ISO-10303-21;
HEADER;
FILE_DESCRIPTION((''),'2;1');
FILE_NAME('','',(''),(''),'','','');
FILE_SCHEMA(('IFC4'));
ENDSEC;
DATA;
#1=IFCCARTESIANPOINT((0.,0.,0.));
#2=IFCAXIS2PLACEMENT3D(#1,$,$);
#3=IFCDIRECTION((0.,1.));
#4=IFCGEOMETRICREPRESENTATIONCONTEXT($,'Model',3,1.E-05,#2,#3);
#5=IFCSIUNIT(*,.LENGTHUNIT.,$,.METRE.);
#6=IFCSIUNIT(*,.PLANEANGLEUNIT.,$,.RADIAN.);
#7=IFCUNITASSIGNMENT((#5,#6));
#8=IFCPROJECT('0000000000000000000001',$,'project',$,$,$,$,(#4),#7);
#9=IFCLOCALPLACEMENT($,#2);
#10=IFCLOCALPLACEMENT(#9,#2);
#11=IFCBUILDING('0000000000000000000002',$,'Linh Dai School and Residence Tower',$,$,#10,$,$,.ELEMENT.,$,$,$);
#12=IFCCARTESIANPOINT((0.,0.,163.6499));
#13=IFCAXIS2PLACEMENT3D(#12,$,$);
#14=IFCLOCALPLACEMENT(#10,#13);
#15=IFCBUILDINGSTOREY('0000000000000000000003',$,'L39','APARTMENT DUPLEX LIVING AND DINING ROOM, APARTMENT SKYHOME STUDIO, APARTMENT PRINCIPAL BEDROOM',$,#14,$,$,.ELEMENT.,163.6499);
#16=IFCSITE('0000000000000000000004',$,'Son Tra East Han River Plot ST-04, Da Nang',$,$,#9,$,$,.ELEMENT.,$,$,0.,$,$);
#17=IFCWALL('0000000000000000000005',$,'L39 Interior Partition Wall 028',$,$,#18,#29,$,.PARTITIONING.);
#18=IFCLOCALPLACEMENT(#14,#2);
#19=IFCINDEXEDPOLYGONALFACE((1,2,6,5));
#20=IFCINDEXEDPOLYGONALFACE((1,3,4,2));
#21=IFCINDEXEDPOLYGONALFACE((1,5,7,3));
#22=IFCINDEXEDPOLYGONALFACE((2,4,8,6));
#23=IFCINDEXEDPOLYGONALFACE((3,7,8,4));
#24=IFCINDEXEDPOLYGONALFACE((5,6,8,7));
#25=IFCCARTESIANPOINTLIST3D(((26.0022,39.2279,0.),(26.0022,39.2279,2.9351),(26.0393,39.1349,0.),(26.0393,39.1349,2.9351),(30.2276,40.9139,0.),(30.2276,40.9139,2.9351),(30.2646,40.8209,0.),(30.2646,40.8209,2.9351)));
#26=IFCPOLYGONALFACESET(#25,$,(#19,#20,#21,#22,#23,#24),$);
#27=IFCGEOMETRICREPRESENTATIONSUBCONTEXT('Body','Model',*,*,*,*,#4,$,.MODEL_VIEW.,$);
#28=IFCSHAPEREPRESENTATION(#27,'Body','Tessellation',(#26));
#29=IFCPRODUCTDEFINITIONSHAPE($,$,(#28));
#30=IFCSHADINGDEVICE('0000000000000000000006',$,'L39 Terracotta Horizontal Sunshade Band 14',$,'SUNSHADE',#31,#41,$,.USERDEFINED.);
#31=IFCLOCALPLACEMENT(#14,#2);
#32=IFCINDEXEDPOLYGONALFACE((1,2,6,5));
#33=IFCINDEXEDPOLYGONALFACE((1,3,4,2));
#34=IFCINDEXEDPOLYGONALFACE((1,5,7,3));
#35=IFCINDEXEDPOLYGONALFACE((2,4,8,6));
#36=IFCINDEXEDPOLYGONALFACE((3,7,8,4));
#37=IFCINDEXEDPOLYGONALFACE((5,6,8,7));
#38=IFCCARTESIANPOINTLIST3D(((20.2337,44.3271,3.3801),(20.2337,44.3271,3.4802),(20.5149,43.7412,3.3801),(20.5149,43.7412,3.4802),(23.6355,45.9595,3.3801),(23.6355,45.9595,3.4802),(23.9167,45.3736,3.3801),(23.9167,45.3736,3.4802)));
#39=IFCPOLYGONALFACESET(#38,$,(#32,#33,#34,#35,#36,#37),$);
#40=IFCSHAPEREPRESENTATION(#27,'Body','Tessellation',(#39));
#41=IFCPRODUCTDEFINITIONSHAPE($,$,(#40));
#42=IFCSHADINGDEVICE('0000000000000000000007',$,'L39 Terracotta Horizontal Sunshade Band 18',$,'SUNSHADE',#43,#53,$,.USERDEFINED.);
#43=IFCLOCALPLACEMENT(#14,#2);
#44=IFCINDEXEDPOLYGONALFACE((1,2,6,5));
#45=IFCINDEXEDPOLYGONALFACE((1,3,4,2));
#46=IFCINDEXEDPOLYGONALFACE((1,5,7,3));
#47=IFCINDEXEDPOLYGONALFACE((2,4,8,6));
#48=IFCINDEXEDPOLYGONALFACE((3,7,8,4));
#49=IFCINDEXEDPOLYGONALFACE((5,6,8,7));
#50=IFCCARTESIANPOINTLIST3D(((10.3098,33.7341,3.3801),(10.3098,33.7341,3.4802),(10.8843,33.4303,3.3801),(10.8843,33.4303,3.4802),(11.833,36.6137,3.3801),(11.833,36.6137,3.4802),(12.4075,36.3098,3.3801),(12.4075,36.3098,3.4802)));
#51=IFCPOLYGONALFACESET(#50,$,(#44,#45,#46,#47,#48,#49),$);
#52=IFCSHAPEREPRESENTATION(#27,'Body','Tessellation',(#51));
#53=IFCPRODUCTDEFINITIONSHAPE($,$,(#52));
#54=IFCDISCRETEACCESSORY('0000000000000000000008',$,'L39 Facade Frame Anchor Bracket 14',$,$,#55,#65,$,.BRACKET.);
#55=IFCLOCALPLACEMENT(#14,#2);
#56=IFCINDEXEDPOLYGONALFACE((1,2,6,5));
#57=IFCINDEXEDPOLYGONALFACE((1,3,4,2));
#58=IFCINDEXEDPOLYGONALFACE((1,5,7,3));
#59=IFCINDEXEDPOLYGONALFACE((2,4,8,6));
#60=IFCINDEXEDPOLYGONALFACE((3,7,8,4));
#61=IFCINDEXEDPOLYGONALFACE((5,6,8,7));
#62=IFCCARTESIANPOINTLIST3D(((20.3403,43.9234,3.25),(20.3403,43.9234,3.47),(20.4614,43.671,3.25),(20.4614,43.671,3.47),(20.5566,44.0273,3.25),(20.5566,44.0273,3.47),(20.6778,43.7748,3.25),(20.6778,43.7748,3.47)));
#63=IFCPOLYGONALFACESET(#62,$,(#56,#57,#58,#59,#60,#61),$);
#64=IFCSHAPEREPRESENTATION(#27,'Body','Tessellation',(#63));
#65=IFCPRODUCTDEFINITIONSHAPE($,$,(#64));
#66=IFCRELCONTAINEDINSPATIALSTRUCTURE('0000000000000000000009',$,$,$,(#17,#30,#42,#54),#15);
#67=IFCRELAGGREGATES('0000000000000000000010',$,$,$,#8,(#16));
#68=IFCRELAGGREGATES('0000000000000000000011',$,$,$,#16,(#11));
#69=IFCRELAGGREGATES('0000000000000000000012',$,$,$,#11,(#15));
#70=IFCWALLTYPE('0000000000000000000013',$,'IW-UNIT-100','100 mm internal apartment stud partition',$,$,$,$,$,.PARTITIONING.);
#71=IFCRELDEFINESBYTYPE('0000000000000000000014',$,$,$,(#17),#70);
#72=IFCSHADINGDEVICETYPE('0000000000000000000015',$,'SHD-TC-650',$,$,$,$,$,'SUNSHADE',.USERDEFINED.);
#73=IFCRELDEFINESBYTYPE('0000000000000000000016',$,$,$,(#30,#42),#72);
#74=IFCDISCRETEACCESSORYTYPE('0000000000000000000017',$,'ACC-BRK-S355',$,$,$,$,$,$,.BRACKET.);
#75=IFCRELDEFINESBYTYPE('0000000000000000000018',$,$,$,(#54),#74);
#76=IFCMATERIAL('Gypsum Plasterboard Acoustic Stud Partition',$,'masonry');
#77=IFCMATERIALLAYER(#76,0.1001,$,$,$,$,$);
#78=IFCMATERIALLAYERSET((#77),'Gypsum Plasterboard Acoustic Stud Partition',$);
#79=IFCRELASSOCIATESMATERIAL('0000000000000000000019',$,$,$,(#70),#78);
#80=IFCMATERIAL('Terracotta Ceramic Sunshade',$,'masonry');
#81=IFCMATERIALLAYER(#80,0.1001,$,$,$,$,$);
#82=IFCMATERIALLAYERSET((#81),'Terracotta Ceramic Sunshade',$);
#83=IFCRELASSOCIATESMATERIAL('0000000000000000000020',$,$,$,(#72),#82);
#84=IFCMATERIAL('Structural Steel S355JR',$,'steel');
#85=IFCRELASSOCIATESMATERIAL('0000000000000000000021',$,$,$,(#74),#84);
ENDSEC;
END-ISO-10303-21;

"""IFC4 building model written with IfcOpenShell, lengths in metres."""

from ifc_helpers import new_model, si_unit, direction, frame, frame_2d, origin, origin_2d, place, context, subcontext, project, spatial, rectangle, extrude, source, transform, mapped, material, layer, layer_set, type_object, element, save


model = new_model("IFC4")

# Units and contexts
model_context = context("Model", 3, precision=1e-05, world=origin(), true_north=direction((0.0, 1.0)))
body_context = subcontext(model_context, "Body", "Model", "MODEL_VIEW")
ifc_project = project(units=[si_unit("LENGTHUNIT", "METRE"), si_unit("PLANEANGLEUNIT", "RADIAN")], contexts=[model_context])

# Site, building, storey
site_placement = place(None, origin())
site = spatial("IfcSite", under=ifc_project, at=site_placement, Name="Son Tra East Han River Plot ST-04, Da Nang", CompositionType="ELEMENT", RefElevation=0.0)
building_placement = place(site_placement, origin())
building = spatial("IfcBuilding", under=site, at=building_placement, Name="Linh Dai School and Residence Tower", CompositionType="ELEMENT")
storey_placement = place(building_placement, frame((0.0, 0.0, 163.6499)))
storey = spatial("IfcBuildingStorey", under=building, at=storey_placement, Name="L39", Description="APARTMENT DUPLEX LIVING AND DINING ROOM, APARTMENT SKYHOME STUDIO, APARTMENT PRINCIPAL BEDROOM", CompositionType="ELEMENT", Elevation=163.6499)

# Shared definitions
ifc_material_1 = material(Name="Structural Steel S355JR", Category="steel")

# Shared definitions
ifc_material_2 = material(Name="Gypsum Plasterboard Acoustic Stud Partition", Category="masonry")
ifc_layer_1 = layer(ifc_material_2, 0.1001)
ifc_layer_set_1 = layer_set([ifc_layer_1], Name="Gypsum Plasterboard Acoustic Stud Partition")
wall_type_1 = type_object("IfcWallType", Name="IW-UNIT-100", Description="100 mm internal apartment stud partition", PredefinedType="PARTITIONING", material=ifc_layer_set_1)

# Wall
wall_1_placement = place(storey_placement, frame((26.0208, 39.1814, 0.0), z_axis=(0.0, 0.0, 1.0), x_axis=(0.928787, 0.370613, 0.0)))
element("IfcWall", 1, at=wall_1_placement, inside=storey, type_object=wall_type_1, Name="L39 Interior Partition Wall 028", PredefinedType="PARTITIONING", context=body_context, shape_type="SweptSolid", body=[
    extrude(rectangle(XDim=4.5493, YDim=0.1001, at=frame_2d((2.2747, 0.0))), origin(), (0.0, 0.0, 1.0), 2.9351),
])

# Shading devices
ifc_material_3 = material(Name="Terracotta Ceramic Sunshade", Category="masonry")
ifc_layer_2 = layer(ifc_material_3, 0.1001)
ifc_layer_set_2 = layer_set([ifc_layer_2], Name="Terracotta Ceramic Sunshade")
shading_device_type = type_object("IfcShadingDeviceType", Name="SHD-TC-650", ElementType="SUNSHADE", PredefinedType="USERDEFINED", material=ifc_layer_set_2)
shared_shape_1 = source(origin(), body_context, "Body", "SweptSolid", [
    extrude(rectangle(XDim=3.7732, YDim=0.6499, at=origin_2d()), origin(), (0.0, 0.0, 1.0), 0.1001),
])
shading_device_1_placement = place(storey_placement, frame((22.0752, 44.8503, 3.3801), z_axis=(0.0, 0.0, 1.0), x_axis=(0.901569, 0.432635, 0.0)))
element("IfcShadingDevice", 2, at=shading_device_1_placement, inside=storey, type_object=shading_device_type, Name="L39 Terracotta Horizontal Sunshade Band 14", ObjectType="SUNSHADE", PredefinedType="USERDEFINED", context=body_context, shape_type="MappedRepresentation", body=[
    mapped(shared_shape_1, transform((0.0, 0.0, 0.0), x_axis=(1.0, 0.0, 0.0), y_axis=(0.0, 1.0, 0.0), z_axis=(0.0, 0.0, 1.0), scale=1.0)),
])
shared_shape_2 = source(origin(), body_context, "Body", "SweptSolid", [
    extrude(rectangle(XDim=3.2576, YDim=0.6499, at=origin_2d()), origin(), (0.0, 0.0, 1.0), 0.1001),
])
shading_device_2_placement = place(storey_placement, frame((11.3586, 35.022, 3.3801), z_axis=(0.0, 0.0, 1.0), x_axis=(0.46758, 0.883951, 0.0)))
element("IfcShadingDevice", 3, at=shading_device_2_placement, inside=storey, type_object=shading_device_type, Name="L39 Terracotta Horizontal Sunshade Band 18", ObjectType="SUNSHADE", PredefinedType="USERDEFINED", context=body_context, shape_type="MappedRepresentation", body=[
    mapped(shared_shape_2, transform((0.0, 0.0, 0.0), x_axis=(1.0, 0.0, 0.0), y_axis=(0.0, 1.0, 0.0), z_axis=(0.0, 0.0, 1.0), scale=1.0)),
])

# Discrete accessory
discrete_accessory_type = type_object("IfcDiscreteAccessoryType", Name="ACC-BRK-S355", PredefinedType="BRACKET", material=ifc_material_1)
shared_shape_3 = source(origin(), body_context, "Body", "SweptSolid", [
    extrude(rectangle(XDim=0.28, YDim=0.24, at=origin_2d()), origin(), (0.0, 0.0, 1.0), 0.22),
])
discrete_accessory_placement = place(storey_placement, frame((20.509, 43.8491, 3.25), z_axis=(0.0, 0.0, 1.0), x_axis=(-0.432635, 0.901569, 0.0)))
element("IfcDiscreteAccessory", 4, at=discrete_accessory_placement, inside=storey, type_object=discrete_accessory_type, Name="L39 Facade Frame Anchor Bracket 14", PredefinedType="BRACKET", context=body_context, shape_type="MappedRepresentation", body=[
    mapped(shared_shape_3, transform((0.0, 0.0, 0.0), x_axis=(1.0, 0.0, 0.0), y_axis=(0.0, 1.0, 0.0), z_axis=(0.0, 0.0, 1.0), scale=1.0)),
])

save(model, "model.ifc")
